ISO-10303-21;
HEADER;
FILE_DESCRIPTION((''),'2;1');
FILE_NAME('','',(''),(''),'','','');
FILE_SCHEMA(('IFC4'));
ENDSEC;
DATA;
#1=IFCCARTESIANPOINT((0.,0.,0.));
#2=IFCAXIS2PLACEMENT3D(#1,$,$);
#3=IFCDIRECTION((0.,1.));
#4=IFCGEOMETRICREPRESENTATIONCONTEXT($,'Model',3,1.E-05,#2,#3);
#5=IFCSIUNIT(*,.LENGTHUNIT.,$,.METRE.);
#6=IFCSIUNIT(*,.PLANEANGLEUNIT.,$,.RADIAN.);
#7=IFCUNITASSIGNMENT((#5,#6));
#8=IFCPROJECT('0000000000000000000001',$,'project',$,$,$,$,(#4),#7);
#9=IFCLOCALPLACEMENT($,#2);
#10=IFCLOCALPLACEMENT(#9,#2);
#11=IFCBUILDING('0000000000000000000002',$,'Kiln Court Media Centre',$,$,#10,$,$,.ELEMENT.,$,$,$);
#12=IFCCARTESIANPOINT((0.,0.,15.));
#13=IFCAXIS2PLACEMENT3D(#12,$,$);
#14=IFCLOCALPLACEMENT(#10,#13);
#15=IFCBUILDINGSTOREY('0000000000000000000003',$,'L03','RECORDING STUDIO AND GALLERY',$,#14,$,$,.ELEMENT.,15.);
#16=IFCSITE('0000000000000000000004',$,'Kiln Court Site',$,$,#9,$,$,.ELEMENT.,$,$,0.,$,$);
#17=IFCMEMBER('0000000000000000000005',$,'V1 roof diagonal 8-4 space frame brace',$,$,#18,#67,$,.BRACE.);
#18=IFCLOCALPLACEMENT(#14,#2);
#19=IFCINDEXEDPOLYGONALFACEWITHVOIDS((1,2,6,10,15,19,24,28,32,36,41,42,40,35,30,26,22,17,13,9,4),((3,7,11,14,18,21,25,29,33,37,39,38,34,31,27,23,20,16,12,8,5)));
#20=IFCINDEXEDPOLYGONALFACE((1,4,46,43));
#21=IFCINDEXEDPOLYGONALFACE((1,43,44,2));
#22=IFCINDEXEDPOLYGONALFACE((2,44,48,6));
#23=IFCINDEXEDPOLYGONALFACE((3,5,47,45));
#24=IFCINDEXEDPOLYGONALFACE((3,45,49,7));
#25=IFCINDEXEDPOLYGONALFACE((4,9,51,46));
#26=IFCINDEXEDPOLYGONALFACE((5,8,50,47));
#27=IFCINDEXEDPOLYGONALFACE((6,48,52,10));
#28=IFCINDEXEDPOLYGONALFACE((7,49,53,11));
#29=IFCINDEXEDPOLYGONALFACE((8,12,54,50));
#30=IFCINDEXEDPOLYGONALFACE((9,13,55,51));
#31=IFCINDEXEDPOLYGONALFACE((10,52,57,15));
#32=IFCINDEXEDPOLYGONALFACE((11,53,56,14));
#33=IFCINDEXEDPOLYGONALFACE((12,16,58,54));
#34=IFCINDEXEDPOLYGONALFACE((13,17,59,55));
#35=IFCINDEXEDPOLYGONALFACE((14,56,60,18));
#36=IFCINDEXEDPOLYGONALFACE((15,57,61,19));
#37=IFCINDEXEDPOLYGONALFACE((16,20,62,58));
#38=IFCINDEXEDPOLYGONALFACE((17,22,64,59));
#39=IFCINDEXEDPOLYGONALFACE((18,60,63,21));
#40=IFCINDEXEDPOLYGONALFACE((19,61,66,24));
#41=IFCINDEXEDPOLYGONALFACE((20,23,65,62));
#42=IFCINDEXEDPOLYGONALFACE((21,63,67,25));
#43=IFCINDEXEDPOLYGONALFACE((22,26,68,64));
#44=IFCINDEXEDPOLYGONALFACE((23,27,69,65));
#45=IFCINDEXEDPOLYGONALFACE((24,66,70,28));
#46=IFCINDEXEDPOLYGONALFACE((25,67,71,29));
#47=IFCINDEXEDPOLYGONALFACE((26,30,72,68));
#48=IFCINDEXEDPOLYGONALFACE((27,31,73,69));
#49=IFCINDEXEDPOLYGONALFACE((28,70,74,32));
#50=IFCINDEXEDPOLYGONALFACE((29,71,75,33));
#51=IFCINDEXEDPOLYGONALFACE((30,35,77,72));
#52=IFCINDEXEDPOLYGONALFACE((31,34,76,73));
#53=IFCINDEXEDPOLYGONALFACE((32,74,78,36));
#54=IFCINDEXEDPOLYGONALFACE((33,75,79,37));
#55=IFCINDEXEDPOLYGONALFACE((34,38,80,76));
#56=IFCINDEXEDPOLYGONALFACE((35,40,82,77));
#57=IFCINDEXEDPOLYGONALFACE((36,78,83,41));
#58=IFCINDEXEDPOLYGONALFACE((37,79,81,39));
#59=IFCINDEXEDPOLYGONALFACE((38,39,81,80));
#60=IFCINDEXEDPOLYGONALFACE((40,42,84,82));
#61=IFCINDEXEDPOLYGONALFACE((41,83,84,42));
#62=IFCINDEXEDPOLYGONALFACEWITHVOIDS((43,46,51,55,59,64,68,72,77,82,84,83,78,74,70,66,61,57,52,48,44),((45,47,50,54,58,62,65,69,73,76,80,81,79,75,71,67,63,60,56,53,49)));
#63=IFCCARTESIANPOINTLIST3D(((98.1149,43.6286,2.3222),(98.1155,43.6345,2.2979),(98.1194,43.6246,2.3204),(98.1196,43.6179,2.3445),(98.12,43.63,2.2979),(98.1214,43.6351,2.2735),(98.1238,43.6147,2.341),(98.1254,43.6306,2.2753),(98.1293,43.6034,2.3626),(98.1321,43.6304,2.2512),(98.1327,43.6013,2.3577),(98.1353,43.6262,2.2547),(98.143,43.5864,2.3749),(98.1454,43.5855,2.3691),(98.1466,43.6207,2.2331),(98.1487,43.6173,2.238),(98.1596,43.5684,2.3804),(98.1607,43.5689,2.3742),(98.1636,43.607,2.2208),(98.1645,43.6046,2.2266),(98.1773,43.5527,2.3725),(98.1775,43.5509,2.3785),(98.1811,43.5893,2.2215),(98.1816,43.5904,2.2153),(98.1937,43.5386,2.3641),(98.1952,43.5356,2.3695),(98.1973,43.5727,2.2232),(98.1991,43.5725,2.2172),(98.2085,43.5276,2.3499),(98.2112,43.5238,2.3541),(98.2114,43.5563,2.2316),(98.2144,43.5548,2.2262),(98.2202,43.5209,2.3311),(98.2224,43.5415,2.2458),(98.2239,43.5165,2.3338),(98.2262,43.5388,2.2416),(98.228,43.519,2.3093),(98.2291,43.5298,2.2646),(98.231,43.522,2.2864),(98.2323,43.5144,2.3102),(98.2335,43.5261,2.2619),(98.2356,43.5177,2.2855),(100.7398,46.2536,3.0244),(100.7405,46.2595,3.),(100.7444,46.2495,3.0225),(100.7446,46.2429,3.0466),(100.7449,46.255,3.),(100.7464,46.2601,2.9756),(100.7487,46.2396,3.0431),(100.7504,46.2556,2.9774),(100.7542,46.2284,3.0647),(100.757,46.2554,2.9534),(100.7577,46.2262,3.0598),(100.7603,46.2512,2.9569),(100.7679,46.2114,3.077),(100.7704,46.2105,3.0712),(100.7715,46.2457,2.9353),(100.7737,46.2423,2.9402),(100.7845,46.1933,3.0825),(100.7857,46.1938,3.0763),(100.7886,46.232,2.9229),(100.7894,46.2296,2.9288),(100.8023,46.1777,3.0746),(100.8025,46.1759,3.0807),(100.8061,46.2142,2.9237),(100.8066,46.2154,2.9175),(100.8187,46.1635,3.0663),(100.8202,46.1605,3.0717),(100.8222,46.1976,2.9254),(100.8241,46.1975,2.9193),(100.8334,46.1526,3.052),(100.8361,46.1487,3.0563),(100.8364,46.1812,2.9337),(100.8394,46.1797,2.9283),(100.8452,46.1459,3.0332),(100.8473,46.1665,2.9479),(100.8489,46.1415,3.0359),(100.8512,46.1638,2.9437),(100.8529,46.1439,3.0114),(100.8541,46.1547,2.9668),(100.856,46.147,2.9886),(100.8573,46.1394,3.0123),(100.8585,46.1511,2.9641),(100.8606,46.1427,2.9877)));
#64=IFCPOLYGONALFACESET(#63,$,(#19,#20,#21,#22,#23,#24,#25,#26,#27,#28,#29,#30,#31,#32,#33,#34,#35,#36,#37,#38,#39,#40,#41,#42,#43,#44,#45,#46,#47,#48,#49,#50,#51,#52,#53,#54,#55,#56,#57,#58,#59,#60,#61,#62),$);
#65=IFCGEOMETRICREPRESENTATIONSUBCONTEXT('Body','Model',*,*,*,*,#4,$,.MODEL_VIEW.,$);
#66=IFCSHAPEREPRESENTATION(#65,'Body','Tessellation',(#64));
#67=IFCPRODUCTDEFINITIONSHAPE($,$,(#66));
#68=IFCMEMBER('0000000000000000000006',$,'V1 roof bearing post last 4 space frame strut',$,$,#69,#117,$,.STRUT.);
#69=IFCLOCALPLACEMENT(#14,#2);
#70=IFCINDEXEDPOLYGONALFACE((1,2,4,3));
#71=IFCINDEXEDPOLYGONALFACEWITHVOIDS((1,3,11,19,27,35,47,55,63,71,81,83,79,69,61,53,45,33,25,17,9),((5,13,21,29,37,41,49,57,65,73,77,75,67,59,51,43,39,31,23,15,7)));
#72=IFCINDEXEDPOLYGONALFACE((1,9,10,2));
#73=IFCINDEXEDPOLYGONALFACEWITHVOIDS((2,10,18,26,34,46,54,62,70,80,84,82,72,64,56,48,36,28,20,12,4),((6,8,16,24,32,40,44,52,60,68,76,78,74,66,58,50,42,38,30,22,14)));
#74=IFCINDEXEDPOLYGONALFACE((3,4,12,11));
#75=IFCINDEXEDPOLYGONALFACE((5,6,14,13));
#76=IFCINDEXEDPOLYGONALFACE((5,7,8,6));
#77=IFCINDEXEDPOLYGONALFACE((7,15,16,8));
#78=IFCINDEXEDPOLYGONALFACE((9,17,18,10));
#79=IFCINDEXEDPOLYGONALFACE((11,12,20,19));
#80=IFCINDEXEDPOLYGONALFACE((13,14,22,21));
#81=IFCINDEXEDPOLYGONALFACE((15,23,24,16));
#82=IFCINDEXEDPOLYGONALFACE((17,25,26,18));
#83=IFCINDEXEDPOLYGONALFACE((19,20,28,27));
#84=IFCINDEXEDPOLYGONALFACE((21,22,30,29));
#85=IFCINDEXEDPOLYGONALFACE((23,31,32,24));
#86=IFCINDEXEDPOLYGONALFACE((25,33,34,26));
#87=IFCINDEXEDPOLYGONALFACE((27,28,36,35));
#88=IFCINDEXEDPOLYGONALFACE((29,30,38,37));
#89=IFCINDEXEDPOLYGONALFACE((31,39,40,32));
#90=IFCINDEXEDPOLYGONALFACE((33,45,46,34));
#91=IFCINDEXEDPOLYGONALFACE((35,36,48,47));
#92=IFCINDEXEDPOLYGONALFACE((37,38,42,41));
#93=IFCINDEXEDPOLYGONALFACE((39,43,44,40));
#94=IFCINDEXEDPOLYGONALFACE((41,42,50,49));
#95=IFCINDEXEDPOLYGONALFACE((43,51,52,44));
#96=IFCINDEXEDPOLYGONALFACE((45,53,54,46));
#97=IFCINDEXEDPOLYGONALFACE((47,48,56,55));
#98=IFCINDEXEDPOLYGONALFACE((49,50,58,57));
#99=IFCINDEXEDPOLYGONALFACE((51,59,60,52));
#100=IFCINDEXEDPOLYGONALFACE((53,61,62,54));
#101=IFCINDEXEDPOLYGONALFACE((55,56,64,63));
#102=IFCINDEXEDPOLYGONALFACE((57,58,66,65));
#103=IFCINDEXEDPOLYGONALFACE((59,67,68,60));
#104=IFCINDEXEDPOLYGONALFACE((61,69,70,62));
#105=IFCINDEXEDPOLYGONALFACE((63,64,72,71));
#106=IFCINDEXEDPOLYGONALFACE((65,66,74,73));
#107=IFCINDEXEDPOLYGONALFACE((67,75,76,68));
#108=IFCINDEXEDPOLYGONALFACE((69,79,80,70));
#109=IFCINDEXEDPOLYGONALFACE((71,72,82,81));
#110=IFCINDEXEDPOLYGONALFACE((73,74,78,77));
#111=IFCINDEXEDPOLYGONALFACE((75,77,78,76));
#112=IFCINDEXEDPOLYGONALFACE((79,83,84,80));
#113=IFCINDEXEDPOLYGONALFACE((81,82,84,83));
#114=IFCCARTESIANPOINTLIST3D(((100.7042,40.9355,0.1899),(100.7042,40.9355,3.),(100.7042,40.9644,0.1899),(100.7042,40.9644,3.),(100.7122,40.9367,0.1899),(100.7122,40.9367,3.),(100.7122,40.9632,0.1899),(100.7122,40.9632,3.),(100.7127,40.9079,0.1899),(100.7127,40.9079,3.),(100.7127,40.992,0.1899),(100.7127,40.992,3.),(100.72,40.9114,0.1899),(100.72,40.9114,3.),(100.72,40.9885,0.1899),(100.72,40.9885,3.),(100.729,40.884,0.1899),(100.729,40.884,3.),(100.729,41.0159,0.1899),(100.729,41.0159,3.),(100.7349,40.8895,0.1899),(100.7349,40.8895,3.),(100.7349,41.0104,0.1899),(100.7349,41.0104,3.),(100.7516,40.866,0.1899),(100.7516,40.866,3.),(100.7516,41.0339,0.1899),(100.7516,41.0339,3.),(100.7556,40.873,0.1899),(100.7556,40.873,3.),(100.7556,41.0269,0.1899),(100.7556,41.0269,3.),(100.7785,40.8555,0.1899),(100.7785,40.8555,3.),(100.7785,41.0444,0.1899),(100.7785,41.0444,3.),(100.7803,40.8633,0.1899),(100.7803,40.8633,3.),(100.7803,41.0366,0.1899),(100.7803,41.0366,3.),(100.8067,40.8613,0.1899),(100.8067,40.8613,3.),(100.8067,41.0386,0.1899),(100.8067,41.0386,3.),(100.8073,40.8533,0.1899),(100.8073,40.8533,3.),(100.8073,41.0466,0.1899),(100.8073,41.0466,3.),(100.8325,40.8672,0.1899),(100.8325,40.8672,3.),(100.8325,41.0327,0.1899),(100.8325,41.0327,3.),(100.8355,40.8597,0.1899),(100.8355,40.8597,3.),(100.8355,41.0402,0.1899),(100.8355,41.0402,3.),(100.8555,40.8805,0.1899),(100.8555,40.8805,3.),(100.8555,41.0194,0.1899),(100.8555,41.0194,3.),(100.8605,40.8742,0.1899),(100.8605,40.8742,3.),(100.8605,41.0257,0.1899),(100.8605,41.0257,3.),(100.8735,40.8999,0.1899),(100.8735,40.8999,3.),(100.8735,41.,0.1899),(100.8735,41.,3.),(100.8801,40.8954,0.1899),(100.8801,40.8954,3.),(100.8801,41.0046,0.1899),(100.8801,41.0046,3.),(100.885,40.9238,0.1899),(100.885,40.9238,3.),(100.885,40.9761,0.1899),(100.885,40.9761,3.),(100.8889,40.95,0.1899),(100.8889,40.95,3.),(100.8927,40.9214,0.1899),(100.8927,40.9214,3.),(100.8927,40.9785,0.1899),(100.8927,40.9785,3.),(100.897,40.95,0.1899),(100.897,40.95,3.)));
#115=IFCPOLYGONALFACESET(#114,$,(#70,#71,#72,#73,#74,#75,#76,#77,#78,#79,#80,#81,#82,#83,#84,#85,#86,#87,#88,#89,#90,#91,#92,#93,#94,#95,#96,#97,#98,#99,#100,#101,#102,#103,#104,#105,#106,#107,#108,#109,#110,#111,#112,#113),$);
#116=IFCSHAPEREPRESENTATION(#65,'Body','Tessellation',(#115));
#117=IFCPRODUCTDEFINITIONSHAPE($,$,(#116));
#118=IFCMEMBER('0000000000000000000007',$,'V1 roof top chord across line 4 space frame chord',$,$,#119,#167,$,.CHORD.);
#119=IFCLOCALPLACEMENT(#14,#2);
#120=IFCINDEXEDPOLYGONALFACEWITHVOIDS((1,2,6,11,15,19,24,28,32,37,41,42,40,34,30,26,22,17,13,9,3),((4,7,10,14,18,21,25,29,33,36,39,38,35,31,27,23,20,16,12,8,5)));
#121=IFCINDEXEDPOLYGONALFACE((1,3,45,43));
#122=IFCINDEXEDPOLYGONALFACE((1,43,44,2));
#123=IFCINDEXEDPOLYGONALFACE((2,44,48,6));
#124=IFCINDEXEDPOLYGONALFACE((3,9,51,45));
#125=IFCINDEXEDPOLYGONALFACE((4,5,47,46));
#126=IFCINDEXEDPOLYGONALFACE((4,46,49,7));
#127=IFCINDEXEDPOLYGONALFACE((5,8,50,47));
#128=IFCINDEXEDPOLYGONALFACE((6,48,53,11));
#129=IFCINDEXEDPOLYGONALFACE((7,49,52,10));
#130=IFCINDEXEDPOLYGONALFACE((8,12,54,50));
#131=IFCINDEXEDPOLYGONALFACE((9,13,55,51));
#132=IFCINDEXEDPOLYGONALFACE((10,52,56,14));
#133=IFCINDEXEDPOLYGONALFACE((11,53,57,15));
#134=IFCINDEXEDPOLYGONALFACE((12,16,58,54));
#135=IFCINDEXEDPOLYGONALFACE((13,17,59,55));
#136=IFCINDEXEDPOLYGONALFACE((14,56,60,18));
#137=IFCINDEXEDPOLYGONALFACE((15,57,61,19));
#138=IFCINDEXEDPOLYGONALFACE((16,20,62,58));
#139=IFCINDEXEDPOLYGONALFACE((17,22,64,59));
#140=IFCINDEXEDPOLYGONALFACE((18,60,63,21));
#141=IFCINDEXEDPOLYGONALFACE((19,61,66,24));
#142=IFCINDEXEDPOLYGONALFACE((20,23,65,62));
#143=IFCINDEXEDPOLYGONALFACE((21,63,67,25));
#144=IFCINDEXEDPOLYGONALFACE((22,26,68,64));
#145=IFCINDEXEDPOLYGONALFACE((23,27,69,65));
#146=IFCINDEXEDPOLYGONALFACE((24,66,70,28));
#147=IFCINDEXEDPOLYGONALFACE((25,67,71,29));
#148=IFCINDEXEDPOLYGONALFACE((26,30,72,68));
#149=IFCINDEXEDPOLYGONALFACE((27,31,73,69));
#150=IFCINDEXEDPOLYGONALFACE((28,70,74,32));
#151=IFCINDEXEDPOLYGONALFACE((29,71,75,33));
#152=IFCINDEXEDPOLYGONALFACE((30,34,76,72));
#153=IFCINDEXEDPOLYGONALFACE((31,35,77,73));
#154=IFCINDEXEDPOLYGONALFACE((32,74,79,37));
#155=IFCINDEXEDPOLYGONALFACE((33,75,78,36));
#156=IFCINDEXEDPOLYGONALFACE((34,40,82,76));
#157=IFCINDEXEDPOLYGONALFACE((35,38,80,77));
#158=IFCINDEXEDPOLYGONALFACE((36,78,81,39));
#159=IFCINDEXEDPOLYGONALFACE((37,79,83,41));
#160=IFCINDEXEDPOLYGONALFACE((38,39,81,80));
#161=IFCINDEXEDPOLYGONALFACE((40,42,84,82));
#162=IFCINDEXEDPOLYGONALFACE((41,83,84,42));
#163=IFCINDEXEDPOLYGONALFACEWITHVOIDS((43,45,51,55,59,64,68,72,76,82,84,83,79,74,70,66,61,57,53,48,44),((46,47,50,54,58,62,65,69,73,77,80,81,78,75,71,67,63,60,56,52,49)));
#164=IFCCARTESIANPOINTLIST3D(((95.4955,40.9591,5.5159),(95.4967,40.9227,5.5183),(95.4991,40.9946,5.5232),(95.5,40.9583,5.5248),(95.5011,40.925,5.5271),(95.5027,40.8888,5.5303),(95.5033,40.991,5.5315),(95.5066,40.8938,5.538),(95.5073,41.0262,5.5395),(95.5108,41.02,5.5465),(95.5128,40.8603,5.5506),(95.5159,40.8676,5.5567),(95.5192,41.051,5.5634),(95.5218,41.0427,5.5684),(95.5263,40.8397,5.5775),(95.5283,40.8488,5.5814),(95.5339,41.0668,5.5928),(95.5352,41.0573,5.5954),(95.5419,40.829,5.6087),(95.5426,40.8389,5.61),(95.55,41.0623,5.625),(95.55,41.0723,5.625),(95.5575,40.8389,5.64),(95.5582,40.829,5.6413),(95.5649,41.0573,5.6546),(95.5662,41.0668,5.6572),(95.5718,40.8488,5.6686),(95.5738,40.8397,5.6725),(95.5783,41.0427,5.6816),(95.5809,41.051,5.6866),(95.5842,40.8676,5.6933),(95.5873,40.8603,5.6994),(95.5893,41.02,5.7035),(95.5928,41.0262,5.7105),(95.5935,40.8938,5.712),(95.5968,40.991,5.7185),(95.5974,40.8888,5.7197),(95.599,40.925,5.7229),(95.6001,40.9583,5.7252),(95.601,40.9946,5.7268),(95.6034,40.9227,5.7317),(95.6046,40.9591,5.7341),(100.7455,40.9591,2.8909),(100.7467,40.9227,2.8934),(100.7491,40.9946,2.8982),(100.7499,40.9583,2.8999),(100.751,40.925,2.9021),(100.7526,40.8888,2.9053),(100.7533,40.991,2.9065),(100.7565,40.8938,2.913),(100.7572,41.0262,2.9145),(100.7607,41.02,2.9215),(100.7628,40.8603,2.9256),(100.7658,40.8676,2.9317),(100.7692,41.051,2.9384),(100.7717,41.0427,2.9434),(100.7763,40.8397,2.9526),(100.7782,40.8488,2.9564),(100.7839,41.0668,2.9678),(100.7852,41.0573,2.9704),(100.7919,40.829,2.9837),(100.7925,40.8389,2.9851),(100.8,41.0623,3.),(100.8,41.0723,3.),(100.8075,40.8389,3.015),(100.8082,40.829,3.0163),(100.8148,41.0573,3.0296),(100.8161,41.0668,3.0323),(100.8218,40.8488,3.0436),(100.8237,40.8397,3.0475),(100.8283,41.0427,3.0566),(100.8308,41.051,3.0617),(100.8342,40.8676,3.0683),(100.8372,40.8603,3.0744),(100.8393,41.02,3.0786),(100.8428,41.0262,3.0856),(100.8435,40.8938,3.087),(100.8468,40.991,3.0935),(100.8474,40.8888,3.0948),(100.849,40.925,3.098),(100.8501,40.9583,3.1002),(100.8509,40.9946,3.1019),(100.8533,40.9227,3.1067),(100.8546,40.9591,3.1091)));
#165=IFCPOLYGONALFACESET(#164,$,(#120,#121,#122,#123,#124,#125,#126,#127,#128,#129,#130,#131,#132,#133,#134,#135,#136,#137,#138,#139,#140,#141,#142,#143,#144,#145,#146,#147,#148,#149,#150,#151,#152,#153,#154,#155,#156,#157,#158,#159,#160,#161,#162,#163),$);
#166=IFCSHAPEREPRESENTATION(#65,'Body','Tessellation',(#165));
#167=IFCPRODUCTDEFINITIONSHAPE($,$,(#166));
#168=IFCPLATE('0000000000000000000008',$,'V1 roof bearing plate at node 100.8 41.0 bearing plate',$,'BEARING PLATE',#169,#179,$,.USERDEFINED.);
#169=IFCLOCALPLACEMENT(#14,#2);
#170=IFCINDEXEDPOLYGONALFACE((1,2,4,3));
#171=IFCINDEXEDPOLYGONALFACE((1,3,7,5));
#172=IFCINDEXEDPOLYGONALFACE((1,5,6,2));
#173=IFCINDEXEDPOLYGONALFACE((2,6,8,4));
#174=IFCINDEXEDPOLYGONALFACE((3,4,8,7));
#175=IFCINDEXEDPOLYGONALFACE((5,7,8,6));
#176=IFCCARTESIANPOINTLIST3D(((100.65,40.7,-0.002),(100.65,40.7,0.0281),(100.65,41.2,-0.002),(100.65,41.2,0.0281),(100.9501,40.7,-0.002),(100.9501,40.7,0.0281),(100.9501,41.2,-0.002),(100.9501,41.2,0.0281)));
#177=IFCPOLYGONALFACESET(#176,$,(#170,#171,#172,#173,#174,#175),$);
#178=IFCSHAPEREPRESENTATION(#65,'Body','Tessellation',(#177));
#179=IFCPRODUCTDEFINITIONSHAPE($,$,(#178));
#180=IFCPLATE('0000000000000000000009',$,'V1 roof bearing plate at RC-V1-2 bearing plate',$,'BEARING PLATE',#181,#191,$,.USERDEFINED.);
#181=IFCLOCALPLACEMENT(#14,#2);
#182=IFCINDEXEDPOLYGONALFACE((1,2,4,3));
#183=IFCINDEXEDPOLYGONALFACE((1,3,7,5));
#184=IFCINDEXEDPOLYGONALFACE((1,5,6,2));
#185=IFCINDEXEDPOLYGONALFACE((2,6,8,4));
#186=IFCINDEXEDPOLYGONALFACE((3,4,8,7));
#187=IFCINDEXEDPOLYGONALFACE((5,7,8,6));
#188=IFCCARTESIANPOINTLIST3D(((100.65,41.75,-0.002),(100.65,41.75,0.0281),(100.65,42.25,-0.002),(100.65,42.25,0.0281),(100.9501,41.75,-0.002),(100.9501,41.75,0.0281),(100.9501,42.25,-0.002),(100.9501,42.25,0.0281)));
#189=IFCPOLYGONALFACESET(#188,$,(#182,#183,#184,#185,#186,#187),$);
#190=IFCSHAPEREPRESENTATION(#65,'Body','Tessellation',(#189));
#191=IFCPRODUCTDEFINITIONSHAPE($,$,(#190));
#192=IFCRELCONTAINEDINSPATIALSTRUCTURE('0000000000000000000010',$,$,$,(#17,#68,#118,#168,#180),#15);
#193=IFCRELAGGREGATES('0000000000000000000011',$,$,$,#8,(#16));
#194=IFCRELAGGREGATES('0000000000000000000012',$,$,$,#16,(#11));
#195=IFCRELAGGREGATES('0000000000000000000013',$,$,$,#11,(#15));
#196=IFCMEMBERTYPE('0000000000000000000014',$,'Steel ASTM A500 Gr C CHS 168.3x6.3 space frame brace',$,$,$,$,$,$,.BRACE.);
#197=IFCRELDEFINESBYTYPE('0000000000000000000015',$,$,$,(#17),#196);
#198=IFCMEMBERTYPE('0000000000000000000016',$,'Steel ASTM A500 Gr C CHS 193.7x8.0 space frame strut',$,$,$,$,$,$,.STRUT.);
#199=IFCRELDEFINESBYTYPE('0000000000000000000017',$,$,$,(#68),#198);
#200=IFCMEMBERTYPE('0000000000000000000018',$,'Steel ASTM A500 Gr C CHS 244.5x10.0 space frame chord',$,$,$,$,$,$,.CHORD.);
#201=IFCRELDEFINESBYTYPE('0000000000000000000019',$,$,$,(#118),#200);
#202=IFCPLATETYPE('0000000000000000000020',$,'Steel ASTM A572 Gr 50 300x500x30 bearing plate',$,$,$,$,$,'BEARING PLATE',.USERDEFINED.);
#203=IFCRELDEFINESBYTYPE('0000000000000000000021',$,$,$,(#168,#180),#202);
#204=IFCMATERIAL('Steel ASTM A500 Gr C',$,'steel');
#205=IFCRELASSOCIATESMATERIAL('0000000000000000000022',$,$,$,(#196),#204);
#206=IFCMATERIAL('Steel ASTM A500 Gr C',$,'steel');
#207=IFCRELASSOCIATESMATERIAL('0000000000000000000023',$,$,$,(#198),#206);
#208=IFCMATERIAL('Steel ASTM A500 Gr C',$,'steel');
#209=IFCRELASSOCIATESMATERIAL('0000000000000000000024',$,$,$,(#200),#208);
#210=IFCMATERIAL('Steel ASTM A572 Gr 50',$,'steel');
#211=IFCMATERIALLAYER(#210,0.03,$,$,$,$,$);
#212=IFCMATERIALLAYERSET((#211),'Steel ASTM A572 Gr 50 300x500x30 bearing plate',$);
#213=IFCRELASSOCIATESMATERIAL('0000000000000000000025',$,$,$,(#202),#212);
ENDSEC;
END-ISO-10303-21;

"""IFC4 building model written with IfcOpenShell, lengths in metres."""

from ifc_helpers import new_model, si_unit, direction, frame, origin, origin_2d, place, context, subcontext, project, spatial, rectangle, hollow_circle, extrude, material, layer, layer_set, material_profile, profile_set, type_object, element, save


model = new_model("IFC4")

# Units and contexts
model_context = context("Model", 3, precision=1e-05, world=origin(), true_north=direction((0.0, 1.0)))
body_context = subcontext(model_context, "Body", "Model", "MODEL_VIEW")
ifc_project = project(units=[si_unit("LENGTHUNIT", "METRE"), si_unit("PLANEANGLEUNIT", "RADIAN")], contexts=[model_context])

# Site, building, storey
site_placement = place(None, origin())
site = spatial("IfcSite", under=ifc_project, at=site_placement, Name="Kiln Court Site", CompositionType="ELEMENT", RefElevation=0.0)
building_placement = place(site_placement, origin())
building = spatial("IfcBuilding", under=site, at=building_placement, Name="Kiln Court Media Centre", CompositionType="ELEMENT")
storey_placement = place(building_placement, frame((0.0, 0.0, 15.0)))
storey = spatial("IfcBuildingStorey", under=building, at=storey_placement, Name="L03", Description="RECORDING STUDIO AND GALLERY", CompositionType="ELEMENT", Elevation=15.0)

# Members
ifc_material_1 = material(Name="Steel ASTM A500 Gr C", Category="steel")
ifc_material_profile_1 = material_profile(ifc_material_1, hollow_circle(Radius=0.0842, WallThickness=0.0063, at=origin_2d()), Name="CHS 168.3x6.3")
ifc_profile_set_1 = profile_set([ifc_material_profile_1], Name="Steel ASTM A500 Gr C")
member_type_1 = type_object("IfcMemberType", Name="Steel ASTM A500 Gr C CHS 168.3x6.3 space frame brace", PredefinedType="BRACE", material=ifc_profile_set_1)
member_1_placement = place(storey_placement, frame((98.175, 43.575, 2.2979), z_axis=(0.694788, 0.694788, 0.185846), x_axis=(-0.707107, 0.707107, 0.0)))
element("IfcMember", 1, at=member_1_placement, inside=storey, type_object=member_type_1, Name="V1 roof diagonal 8-4 space frame brace", PredefinedType="BRACE", context=body_context, shape_type="SweptSolid", body=[
    extrude(hollow_circle(Radius=0.0842, WallThickness=0.0063, at=origin_2d()), origin(), (0.0, 0.0, 1.0), 3.7781),
])
ifc_material_2 = material(Name="Steel ASTM A500 Gr C", Category="steel")
ifc_material_profile_2 = material_profile(ifc_material_2, hollow_circle(Radius=0.0969, WallThickness=0.0081, at=origin_2d()), Name="CHS 193.7x8.0")
ifc_profile_set_2 = profile_set([ifc_material_profile_2], Name="Steel ASTM A500 Gr C")
member_type_2 = type_object("IfcMemberType", Name="Steel ASTM A500 Gr C CHS 193.7x8.0 space frame strut", PredefinedType="STRUT", material=ifc_profile_set_2)
member_2_placement = place(storey_placement, frame((100.8, 40.95, 0.1899), z_axis=(0.0, 0.0, 1.0), x_axis=(1.0, 0.0, 0.0)))
element("IfcMember", 2, at=member_2_placement, inside=storey, type_object=member_type_2, Name="V1 roof bearing post last 4 space frame strut", PredefinedType="STRUT", context=body_context, shape_type="SweptSolid", body=[
    extrude(hollow_circle(Radius=0.0969, WallThickness=0.0081, at=origin_2d()), origin(), (0.0, 0.0, 1.0), 2.8101),
])
ifc_material_3 = material(Name="Steel ASTM A500 Gr C", Category="steel")
ifc_material_profile_3 = material_profile(ifc_material_3, hollow_circle(Radius=0.1223, WallThickness=0.01, at=origin_2d()), Name="CHS 244.5x10.0")
ifc_profile_set_3 = profile_set([ifc_material_profile_3], Name="Steel ASTM A500 Gr C")
member_type_3 = type_object("IfcMemberType", Name="Steel ASTM A500 Gr C CHS 244.5x10.0 space frame chord", PredefinedType="CHORD", material=ifc_profile_set_3)
member_3_placement = place(storey_placement, frame((95.55, 40.95, 5.625), z_axis=(0.894427, 0.0, -0.447214), x_axis=(0.0, 1.0, 0.0)))
element("IfcMember", 3, at=member_3_placement, inside=storey, type_object=member_type_3, Name="V1 roof top chord across line 4 space frame chord", PredefinedType="CHORD", context=body_context, shape_type="SweptSolid", body=[
    extrude(hollow_circle(Radius=0.1223, WallThickness=0.01, at=origin_2d()), origin(), (0.0, 0.0, 1.0), 5.8696),
])

# Plates
ifc_material_4 = material(Name="Steel ASTM A572 Gr 50", Category="steel")
ifc_layer_1 = layer(ifc_material_4, 0.03)
ifc_layer_set_1 = layer_set([ifc_layer_1], Name="Steel ASTM A572 Gr 50 300x500x30 bearing plate")
plate_type_1 = type_object("IfcPlateType", Name="Steel ASTM A572 Gr 50 300x500x30 bearing plate", ElementType="BEARING PLATE", PredefinedType="USERDEFINED", material=ifc_layer_set_1)
for number, where, z_axis, x_axis, name in (
    (4, (100.8, 40.95, -0.002), (0.0, 0.0, 1.0), (1.0, 0.0, 0.0), "V1 roof bearing plate at node 100.8 41.0 bearing plate"),
    (5, (100.8, 42.0, -0.002), (0.0, 0.0, 1.0), (1.0, 0.0, 0.0), "V1 roof bearing plate at RC-V1-2 bearing plate"),
):
    element("IfcPlate", number, at=place(storey_placement, frame(where, z_axis=z_axis, x_axis=x_axis)), inside=storey, type_object=plate_type_1, Name=name, ObjectType="BEARING PLATE", PredefinedType="USERDEFINED", context=body_context, shape_type="SweptSolid", body=[
        extrude(rectangle(XDim=0.3, YDim=0.5, at=origin_2d()), origin(), (0.0, 0.0, 1.0), 0.03),
    ])

save(model, "model.ifc")
